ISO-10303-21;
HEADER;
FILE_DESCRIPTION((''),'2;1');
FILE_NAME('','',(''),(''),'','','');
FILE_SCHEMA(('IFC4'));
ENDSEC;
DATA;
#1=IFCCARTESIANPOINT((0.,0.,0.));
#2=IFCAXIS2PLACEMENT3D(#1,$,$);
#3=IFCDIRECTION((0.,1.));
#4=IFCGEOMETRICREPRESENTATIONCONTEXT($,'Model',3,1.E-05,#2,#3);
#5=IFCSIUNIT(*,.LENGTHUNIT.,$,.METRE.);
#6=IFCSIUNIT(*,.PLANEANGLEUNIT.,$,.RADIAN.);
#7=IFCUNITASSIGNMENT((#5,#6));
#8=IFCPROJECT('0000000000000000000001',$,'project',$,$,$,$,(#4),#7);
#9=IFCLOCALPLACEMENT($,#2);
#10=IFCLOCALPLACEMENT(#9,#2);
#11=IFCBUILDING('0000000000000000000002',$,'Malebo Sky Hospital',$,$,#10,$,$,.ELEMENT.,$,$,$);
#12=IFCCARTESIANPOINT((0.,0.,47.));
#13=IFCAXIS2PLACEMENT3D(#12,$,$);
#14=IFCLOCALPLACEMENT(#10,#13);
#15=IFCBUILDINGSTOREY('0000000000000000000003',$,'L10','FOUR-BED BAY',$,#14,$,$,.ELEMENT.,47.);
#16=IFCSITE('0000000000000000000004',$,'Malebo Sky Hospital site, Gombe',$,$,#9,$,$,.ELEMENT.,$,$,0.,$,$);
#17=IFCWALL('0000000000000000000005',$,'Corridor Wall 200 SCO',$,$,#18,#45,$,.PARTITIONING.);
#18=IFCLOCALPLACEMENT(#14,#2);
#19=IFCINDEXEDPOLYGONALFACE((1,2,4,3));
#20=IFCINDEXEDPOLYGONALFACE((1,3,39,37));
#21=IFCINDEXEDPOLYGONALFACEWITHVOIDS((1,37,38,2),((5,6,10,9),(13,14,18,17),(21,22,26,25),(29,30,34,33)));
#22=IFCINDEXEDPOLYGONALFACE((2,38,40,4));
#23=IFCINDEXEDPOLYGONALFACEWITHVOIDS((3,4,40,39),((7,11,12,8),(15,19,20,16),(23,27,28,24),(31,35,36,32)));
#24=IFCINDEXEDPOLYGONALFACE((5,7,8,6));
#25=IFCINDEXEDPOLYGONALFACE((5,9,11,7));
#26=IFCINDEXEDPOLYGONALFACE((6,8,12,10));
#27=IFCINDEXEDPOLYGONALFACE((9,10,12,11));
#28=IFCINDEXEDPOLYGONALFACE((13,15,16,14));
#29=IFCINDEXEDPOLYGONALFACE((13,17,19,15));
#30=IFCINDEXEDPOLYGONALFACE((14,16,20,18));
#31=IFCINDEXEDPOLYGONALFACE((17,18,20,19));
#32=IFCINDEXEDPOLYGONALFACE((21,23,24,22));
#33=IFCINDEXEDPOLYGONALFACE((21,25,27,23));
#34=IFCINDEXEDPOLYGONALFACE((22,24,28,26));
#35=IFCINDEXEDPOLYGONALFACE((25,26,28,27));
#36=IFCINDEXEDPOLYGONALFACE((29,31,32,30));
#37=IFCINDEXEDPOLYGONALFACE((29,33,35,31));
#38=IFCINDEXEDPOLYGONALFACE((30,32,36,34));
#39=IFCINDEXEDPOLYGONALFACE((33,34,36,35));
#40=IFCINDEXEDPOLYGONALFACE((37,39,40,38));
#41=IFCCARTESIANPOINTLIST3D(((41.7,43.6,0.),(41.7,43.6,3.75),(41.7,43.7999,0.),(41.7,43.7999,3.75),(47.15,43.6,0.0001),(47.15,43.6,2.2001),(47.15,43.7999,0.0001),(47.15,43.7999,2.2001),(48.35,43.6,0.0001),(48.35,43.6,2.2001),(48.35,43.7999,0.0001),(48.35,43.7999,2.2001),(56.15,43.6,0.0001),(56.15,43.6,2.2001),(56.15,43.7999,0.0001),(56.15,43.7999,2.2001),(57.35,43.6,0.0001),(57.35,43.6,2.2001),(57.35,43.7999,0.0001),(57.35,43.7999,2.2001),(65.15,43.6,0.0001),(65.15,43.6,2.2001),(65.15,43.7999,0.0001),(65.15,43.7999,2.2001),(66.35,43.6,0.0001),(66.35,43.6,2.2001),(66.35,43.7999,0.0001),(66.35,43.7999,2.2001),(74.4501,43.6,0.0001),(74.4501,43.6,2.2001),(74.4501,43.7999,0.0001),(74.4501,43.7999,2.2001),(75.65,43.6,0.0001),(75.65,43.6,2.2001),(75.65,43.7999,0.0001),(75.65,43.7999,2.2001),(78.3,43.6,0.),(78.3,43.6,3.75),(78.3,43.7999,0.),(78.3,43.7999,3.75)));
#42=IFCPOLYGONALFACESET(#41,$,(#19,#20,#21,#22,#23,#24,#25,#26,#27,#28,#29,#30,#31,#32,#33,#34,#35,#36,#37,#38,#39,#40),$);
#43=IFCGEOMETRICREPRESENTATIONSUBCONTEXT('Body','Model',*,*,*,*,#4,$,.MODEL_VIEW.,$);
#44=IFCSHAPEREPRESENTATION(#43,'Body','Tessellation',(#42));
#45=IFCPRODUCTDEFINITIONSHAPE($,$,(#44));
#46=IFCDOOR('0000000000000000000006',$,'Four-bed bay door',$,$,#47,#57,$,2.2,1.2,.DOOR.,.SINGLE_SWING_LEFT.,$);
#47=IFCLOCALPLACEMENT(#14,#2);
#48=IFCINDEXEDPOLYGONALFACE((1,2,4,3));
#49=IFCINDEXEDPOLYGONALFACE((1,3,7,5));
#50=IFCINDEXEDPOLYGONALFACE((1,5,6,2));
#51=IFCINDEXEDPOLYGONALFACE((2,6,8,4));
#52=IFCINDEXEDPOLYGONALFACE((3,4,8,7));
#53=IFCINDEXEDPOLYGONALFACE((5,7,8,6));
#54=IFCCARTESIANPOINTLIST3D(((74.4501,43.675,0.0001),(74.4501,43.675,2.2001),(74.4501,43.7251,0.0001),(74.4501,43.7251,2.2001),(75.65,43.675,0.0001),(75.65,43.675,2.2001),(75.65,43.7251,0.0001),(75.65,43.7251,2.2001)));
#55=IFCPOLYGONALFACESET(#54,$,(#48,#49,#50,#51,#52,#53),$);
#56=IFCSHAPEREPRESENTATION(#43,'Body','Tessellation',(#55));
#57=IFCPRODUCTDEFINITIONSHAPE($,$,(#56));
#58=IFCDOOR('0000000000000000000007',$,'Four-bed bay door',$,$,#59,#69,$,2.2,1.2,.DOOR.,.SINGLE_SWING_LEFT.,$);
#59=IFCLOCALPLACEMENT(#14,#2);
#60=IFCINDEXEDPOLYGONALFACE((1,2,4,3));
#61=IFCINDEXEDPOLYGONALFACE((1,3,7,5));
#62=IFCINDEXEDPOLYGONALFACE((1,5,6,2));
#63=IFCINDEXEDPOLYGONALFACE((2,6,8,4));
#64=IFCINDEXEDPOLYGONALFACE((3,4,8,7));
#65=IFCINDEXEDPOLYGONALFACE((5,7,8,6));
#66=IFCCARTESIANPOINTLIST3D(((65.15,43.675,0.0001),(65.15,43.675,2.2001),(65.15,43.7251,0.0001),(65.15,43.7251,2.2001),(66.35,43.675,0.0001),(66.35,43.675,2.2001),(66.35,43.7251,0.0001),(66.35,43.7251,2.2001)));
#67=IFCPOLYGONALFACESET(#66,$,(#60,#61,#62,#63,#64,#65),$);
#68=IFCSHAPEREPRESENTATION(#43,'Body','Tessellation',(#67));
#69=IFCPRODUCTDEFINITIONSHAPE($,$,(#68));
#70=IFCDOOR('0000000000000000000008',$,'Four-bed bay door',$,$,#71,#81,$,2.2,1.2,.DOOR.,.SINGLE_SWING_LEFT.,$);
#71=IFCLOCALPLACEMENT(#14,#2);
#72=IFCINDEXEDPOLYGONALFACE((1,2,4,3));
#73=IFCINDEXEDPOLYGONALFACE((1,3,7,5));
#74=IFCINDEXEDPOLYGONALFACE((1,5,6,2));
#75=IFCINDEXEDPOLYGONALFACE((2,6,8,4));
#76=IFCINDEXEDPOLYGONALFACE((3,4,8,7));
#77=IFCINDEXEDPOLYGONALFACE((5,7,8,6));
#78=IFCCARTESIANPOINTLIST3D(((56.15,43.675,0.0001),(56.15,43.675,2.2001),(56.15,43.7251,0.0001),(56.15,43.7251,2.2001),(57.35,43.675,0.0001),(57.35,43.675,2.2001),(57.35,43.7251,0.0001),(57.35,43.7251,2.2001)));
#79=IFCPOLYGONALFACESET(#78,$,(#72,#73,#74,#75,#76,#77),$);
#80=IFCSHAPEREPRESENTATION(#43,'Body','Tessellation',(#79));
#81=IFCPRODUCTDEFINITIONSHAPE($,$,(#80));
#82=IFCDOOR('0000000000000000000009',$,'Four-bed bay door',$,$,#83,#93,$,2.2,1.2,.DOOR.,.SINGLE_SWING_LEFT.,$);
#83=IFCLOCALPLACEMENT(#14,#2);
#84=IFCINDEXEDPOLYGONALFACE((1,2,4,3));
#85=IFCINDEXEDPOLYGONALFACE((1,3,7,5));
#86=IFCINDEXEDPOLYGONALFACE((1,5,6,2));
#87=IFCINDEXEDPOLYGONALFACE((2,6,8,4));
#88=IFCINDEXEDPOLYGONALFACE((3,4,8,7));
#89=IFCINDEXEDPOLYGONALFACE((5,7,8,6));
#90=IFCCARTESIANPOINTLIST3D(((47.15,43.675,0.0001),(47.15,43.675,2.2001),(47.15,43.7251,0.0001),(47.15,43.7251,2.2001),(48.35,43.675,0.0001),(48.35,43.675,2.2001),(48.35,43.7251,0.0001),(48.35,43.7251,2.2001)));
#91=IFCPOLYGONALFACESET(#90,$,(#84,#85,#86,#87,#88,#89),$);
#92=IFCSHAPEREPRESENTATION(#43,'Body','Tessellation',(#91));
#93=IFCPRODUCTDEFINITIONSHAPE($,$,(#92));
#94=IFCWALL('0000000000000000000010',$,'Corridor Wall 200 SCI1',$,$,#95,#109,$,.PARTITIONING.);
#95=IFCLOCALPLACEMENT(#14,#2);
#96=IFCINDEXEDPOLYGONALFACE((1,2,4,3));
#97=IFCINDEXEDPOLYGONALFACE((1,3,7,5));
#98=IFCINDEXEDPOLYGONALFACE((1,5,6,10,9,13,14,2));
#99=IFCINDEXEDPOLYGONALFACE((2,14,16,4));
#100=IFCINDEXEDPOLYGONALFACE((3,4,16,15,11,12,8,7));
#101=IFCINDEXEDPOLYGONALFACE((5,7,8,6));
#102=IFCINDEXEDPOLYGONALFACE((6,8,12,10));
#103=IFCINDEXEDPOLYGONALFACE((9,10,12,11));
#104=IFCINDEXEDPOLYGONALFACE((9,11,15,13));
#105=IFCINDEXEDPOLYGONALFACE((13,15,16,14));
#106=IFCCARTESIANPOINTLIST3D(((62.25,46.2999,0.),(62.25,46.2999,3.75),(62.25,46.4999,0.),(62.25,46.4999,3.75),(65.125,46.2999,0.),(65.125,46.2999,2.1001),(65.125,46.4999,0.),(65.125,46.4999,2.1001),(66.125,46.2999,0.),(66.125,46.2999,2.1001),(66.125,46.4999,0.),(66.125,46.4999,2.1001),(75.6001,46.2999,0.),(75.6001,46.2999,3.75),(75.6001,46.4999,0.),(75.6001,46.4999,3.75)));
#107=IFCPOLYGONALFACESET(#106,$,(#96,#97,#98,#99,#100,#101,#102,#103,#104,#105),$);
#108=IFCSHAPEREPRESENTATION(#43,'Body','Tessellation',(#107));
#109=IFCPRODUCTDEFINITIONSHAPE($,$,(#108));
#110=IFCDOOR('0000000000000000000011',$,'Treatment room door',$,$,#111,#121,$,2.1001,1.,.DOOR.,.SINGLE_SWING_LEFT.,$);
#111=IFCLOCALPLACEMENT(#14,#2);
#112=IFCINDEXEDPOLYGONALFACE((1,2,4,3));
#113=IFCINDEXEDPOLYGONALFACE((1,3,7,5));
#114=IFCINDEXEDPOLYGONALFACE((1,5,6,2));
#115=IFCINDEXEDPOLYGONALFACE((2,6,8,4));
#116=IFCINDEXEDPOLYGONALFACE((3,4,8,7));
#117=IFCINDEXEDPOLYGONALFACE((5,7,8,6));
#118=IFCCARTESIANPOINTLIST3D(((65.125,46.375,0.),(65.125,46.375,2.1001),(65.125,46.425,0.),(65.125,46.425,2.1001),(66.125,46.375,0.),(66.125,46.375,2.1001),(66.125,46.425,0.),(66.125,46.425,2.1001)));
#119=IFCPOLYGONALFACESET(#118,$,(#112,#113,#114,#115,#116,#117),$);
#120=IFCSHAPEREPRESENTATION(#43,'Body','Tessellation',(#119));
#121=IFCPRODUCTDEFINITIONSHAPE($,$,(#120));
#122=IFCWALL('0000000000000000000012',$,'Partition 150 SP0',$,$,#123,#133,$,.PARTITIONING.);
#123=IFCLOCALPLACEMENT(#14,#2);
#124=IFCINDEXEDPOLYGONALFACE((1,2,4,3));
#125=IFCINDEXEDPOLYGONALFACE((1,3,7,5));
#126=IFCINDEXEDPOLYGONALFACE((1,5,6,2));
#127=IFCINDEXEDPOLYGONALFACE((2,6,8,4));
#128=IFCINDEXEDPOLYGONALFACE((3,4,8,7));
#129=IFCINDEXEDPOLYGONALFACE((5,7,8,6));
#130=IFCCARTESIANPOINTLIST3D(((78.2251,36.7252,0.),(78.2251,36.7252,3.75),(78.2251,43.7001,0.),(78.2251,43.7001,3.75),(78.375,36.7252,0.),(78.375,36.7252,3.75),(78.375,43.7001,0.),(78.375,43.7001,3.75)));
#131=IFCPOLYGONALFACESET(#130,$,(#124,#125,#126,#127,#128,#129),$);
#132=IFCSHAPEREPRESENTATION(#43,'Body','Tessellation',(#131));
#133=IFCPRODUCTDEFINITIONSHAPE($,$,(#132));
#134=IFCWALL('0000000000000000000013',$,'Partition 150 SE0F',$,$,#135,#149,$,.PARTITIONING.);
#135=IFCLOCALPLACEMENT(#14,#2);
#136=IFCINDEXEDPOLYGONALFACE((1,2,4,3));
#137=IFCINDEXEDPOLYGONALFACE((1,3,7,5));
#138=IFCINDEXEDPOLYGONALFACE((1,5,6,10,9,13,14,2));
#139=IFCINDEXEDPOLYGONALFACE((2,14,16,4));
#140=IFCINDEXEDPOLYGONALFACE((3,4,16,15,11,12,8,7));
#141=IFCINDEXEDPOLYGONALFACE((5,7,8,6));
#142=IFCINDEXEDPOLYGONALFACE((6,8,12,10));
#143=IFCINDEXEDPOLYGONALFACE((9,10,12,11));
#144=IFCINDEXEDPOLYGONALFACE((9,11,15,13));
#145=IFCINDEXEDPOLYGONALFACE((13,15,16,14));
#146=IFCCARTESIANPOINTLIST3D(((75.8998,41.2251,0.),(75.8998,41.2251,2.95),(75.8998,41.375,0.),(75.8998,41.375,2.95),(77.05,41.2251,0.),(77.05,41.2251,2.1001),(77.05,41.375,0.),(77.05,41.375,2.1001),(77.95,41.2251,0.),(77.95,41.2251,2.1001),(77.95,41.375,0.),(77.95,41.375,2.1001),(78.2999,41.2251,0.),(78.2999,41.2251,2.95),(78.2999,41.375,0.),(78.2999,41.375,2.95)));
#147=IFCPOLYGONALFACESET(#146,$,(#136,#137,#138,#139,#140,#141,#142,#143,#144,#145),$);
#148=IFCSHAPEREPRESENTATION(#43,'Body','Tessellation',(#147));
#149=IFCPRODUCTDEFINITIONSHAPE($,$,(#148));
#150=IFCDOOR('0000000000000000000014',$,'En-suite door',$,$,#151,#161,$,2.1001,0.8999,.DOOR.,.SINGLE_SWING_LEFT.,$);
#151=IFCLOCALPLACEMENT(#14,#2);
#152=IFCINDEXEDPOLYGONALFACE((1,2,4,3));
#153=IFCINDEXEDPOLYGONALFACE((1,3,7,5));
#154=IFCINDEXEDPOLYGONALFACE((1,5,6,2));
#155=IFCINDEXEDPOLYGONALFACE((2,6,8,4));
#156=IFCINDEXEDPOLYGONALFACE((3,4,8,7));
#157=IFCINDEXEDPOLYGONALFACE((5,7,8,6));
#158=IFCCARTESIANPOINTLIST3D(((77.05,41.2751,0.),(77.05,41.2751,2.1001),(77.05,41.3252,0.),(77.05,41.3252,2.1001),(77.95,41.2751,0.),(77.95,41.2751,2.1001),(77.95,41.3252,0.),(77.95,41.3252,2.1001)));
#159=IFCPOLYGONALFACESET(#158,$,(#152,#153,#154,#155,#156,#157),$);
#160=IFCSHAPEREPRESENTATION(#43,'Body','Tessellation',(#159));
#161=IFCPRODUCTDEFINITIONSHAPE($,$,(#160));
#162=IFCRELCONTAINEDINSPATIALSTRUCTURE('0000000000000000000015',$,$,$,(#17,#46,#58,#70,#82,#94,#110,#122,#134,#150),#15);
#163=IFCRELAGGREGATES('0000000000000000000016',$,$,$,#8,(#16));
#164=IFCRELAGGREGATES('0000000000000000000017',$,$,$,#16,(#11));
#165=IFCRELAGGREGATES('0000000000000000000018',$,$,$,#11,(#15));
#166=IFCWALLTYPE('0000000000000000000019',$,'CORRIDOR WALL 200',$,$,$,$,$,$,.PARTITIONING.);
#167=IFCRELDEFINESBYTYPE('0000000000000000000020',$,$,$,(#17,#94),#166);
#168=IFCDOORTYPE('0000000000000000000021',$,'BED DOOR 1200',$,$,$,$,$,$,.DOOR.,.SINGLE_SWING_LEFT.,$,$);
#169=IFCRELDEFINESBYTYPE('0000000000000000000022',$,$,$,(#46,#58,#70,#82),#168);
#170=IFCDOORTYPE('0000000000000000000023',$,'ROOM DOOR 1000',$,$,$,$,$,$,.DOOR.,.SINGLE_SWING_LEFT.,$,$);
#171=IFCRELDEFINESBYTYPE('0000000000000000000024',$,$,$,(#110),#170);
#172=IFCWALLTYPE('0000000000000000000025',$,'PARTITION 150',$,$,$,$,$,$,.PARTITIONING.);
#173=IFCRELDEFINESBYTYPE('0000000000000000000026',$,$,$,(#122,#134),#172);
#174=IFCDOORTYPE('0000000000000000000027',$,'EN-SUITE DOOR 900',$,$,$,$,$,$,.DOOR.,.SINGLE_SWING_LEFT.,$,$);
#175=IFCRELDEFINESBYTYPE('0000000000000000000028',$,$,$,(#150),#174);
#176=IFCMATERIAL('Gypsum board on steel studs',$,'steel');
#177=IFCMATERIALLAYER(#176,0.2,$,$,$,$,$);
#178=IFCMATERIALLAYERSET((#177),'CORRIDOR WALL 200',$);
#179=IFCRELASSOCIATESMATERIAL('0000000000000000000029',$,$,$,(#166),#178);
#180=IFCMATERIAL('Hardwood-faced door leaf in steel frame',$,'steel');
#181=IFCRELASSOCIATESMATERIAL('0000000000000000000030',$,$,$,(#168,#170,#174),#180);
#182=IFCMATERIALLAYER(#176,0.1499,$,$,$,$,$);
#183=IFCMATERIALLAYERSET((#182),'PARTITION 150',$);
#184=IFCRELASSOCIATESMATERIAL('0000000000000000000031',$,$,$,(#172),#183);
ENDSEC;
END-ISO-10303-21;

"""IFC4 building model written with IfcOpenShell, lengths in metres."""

from ifc_helpers import new_model, si_unit, direction, frame, frame_2d, origin, place, context, subcontext, project, spatial, rectangle, extrude, material, layer, layer_set, type_object, element, fill, save


model = new_model("IFC4")

# Units and contexts
model_context = context("Model", 3, precision=1e-05, world=origin(), true_north=direction((0.0, 1.0)))
body_context = subcontext(model_context, "Body", "Model", "MODEL_VIEW")
ifc_project = project(units=[si_unit("LENGTHUNIT", "METRE"), si_unit("PLANEANGLEUNIT", "RADIAN")], contexts=[model_context])

# Site, building, storey
site_placement = place(None, origin())
site = spatial("IfcSite", under=ifc_project, at=site_placement, Name="Malebo Sky Hospital site, Gombe", CompositionType="ELEMENT", RefElevation=0.0)
building_placement = place(site_placement, origin())
building = spatial("IfcBuilding", under=site, at=building_placement, Name="Malebo Sky Hospital", CompositionType="ELEMENT")
storey_placement = place(building_placement, frame((0.0, 0.0, 47.0)))
storey = spatial("IfcBuildingStorey", under=building, at=storey_placement, Name="L10", Description="FOUR-BED BAY", CompositionType="ELEMENT", Elevation=47.0)

# Wall, openings, doors
ifc_material_1 = material(Name="Gypsum board on steel studs", Category="steel")
ifc_layer_1 = layer(ifc_material_1, 0.2)
ifc_layer_set_1 = layer_set([ifc_layer_1], Name="CORRIDOR WALL 200")
wall_type_1 = type_object("IfcWallType", Name="CORRIDOR WALL 200", PredefinedType="PARTITIONING", material=ifc_layer_set_1)
wall_1_placement = place(storey_placement, frame((78.3, 43.7, 0.0), z_axis=(0.0, 0.0, 1.0), x_axis=(-1.0, 0.0, 0.0)))
wall_1 = element("IfcWall", 1, at=wall_1_placement, inside=storey, type_object=wall_type_1, Name="Corridor Wall 200 SCO", PredefinedType="PARTITIONING", context=body_context, shape_type="SweptSolid", body=[
    extrude(rectangle(XDim=36.6001, YDim=0.2, at=frame_2d((18.3, 0.0))), origin(), (0.0, 0.0, 1.0), 3.75),
])
opening_1_placement = place(wall_1_placement, frame((2.6499, 0.0, 0.0)))
opening_1 = element("IfcOpeningElement", 2, at=opening_1_placement, cuts=wall_1, PredefinedType="OPENING", context=body_context, shape_type="SweptSolid", body=[
    extrude(rectangle(XDim=1.2, YDim=2.2, at=frame_2d((0.6001, 1.1001))), frame((0.0, 0.1099, 0.0), z_axis=(0.0, -1.0, 0.0), x_axis=(1.0, 0.0, 0.0)), (0.0, 0.0, 1.0), 0.22),
])
opening_2_placement = place(wall_1_placement, frame((11.95, 0.0, 0.0)))
opening_2 = element("IfcOpeningElement", 3, at=opening_2_placement, cuts=wall_1, PredefinedType="OPENING", context=body_context, shape_type="SweptSolid", body=[
    extrude(rectangle(XDim=1.2, YDim=2.2, at=frame_2d((0.6001, 1.1001))), frame((0.0, 0.1099, 0.0), z_axis=(0.0, -1.0, 0.0), x_axis=(1.0, 0.0, 0.0)), (0.0, 0.0, 1.0), 0.22),
])
opening_3_placement = place(wall_1_placement, frame((20.95, 0.0, 0.0)))
opening_3 = element("IfcOpeningElement", 4, at=opening_3_placement, cuts=wall_1, PredefinedType="OPENING", context=body_context, shape_type="SweptSolid", body=[
    extrude(rectangle(XDim=1.2, YDim=2.2, at=frame_2d((0.6001, 1.1001))), frame((0.0, 0.1099, 0.0), z_axis=(0.0, -1.0, 0.0), x_axis=(1.0, 0.0, 0.0)), (0.0, 0.0, 1.0), 0.22),
])
opening_4_placement = place(wall_1_placement, frame((29.95, 0.0, 0.0)))
opening_4 = element("IfcOpeningElement", 5, at=opening_4_placement, cuts=wall_1, PredefinedType="OPENING", context=body_context, shape_type="SweptSolid", body=[
    extrude(rectangle(XDim=1.2, YDim=2.2, at=frame_2d((0.6001, 1.1001))), frame((0.0, 0.1099, 0.0), z_axis=(0.0, -1.0, 0.0), x_axis=(1.0, 0.0, 0.0)), (0.0, 0.0, 1.0), 0.22),
])
ifc_material_2 = material(Name="Hardwood-faced door leaf in steel frame", Category="steel")
door_type_1 = type_object("IfcDoorType", Name="BED DOOR 1200", OperationType="SINGLE_SWING_LEFT", PredefinedType="DOOR", material=ifc_material_2)
door_1_placement = place(opening_1_placement, origin())
door_1 = element("IfcDoor", 6, at=door_1_placement, inside=storey, type_object=door_type_1, Name="Four-bed bay door", OperationType="SINGLE_SWING_LEFT", OverallHeight=2.2, OverallWidth=1.2, PredefinedType="DOOR", context=body_context, shape_type="SweptSolid", body=[
    extrude(rectangle(XDim=1.2, YDim=2.2, at=frame_2d((0.6001, 1.1001))), frame((0.0, 0.0249, 0.0), z_axis=(0.0, -1.0, 0.0), x_axis=(1.0, 0.0, 0.0)), (0.0, 0.0, 1.0), 0.05),
])
fill(opening_1, door_1)
door_2_placement = place(opening_2_placement, origin())
door_2 = element("IfcDoor", 7, at=door_2_placement, inside=storey, type_object=door_type_1, Name="Four-bed bay door", OperationType="SINGLE_SWING_LEFT", OverallHeight=2.2, OverallWidth=1.2, PredefinedType="DOOR", context=body_context, shape_type="SweptSolid", body=[
    extrude(rectangle(XDim=1.2, YDim=2.2, at=frame_2d((0.6001, 1.1001))), frame((0.0, 0.0249, 0.0), z_axis=(0.0, -1.0, 0.0), x_axis=(1.0, 0.0, 0.0)), (0.0, 0.0, 1.0), 0.05),
])
fill(opening_2, door_2)
door_3_placement = place(opening_3_placement, origin())
door_3 = element("IfcDoor", 8, at=door_3_placement, inside=storey, type_object=door_type_1, Name="Four-bed bay door", OperationType="SINGLE_SWING_LEFT", OverallHeight=2.2, OverallWidth=1.2, PredefinedType="DOOR", context=body_context, shape_type="SweptSolid", body=[
    extrude(rectangle(XDim=1.2, YDim=2.2, at=frame_2d((0.6001, 1.1001))), frame((0.0, 0.0249, 0.0), z_axis=(0.0, -1.0, 0.0), x_axis=(1.0, 0.0, 0.0)), (0.0, 0.0, 1.0), 0.05),
])
fill(opening_3, door_3)
door_4_placement = place(opening_4_placement, origin())
door_4 = element("IfcDoor", 9, at=door_4_placement, inside=storey, type_object=door_type_1, Name="Four-bed bay door", OperationType="SINGLE_SWING_LEFT", OverallHeight=2.2, OverallWidth=1.2, PredefinedType="DOOR", context=body_context, shape_type="SweptSolid", body=[
    extrude(rectangle(XDim=1.2, YDim=2.2, at=frame_2d((0.6001, 1.1001))), frame((0.0, 0.0249, 0.0), z_axis=(0.0, -1.0, 0.0), x_axis=(1.0, 0.0, 0.0)), (0.0, 0.0, 1.0), 0.05),
])
fill(opening_4, door_4)

# Wall, opening, door
wall_2_placement = place(storey_placement, frame((75.6001, 46.3999, 0.0), z_axis=(0.0, 0.0, 1.0), x_axis=(-1.0, 0.0, 0.0)))
wall_2 = element("IfcWall", 10, at=wall_2_placement, inside=storey, type_object=wall_type_1, Name="Corridor Wall 200 SCI1", PredefinedType="PARTITIONING", context=body_context, shape_type="SweptSolid", body=[
    extrude(rectangle(XDim=13.3501, YDim=0.2, at=frame_2d((6.675, 0.0))), origin(), (0.0, 0.0, 1.0), 3.75),
])
opening_5_placement = place(wall_2_placement, frame((9.4751, 0.0, 0.0)))
opening_5 = element("IfcOpeningElement", 11, at=opening_5_placement, cuts=wall_2, PredefinedType="OPENING", context=body_context, shape_type="SweptSolid", body=[
    extrude(rectangle(XDim=1.0, YDim=2.1001, at=frame_2d((0.5, 1.05))), frame((0.0, 0.1099, 0.0), z_axis=(0.0, -1.0, 0.0), x_axis=(1.0, 0.0, 0.0)), (0.0, 0.0, 1.0), 0.22),
])
door_type_2 = type_object("IfcDoorType", Name="ROOM DOOR 1000", OperationType="SINGLE_SWING_LEFT", PredefinedType="DOOR", material=ifc_material_2)
door_5_placement = place(opening_5_placement, origin())
door_5 = element("IfcDoor", 12, at=door_5_placement, inside=storey, type_object=door_type_2, Name="Treatment room door", OperationType="SINGLE_SWING_LEFT", OverallHeight=2.1001, OverallWidth=1.0, PredefinedType="DOOR", context=body_context, shape_type="SweptSolid", body=[
    extrude(rectangle(XDim=1.0, YDim=2.1001, at=frame_2d((0.5, 1.05))), frame((0.0, 0.0249, 0.0), z_axis=(0.0, -1.0, 0.0), x_axis=(1.0, 0.0, 0.0)), (0.0, 0.0, 1.0), 0.05),
])
fill(opening_5, door_5)

# Wall
ifc_layer_2 = layer(ifc_material_1, 0.1499)
ifc_layer_set_2 = layer_set([ifc_layer_2], Name="PARTITION 150")
wall_type_2 = type_object("IfcWallType", Name="PARTITION 150", PredefinedType="PARTITIONING", material=ifc_layer_set_2)
wall_3_placement = place(storey_placement, frame((78.3, 43.7, 0.0), z_axis=(0.0, 0.0, 1.0), x_axis=(0.0, -1.0, 0.0)))
element("IfcWall", 13, at=wall_3_placement, inside=storey, type_object=wall_type_2, Name="Partition 150 SP0", PredefinedType="PARTITIONING", context=body_context, shape_type="SweptSolid", body=[
    extrude(rectangle(XDim=6.9749, YDim=0.1499, at=frame_2d((3.4873, 0.0))), origin(), (0.0, 0.0, 1.0), 3.75),
])

# Wall, opening, door
wall_4_placement = place(storey_placement, frame((78.3, 41.3, 0.0), z_axis=(0.0, 0.0, 1.0), x_axis=(-1.0, 0.0, 0.0)))
wall_4 = element("IfcWall", 14, at=wall_4_placement, inside=storey, type_object=wall_type_2, Name="Partition 150 SE0F", PredefinedType="PARTITIONING", context=body_context, shape_type="SweptSolid", body=[
    extrude(rectangle(XDim=2.4001, YDim=0.1499, at=frame_2d((1.2002, 0.0))), origin(), (0.0, 0.0, 1.0), 2.95),
])
opening_6_placement = place(wall_4_placement, frame((0.3501, 0.0, 0.0)))
opening_6 = element("IfcOpeningElement", 15, at=opening_6_placement, cuts=wall_4, PredefinedType="OPENING", context=body_context, shape_type="SweptSolid", body=[
    extrude(rectangle(XDim=0.8999, YDim=2.1001, at=frame_2d((0.45, 1.05))), frame((0.0, 0.085, 0.0), z_axis=(0.0, -1.0, 0.0), x_axis=(1.0, 0.0, 0.0)), (0.0, 0.0, 1.0), 0.1699),
])
door_type_3 = type_object("IfcDoorType", Name="EN-SUITE DOOR 900", OperationType="SINGLE_SWING_LEFT", PredefinedType="DOOR", material=ifc_material_2)
door_6_placement = place(opening_6_placement, origin())
door_6 = element("IfcDoor", 16, at=door_6_placement, inside=storey, type_object=door_type_3, Name="En-suite door", OperationType="SINGLE_SWING_LEFT", OverallHeight=2.1001, OverallWidth=0.8999, PredefinedType="DOOR", context=body_context, shape_type="SweptSolid", body=[
    extrude(rectangle(XDim=0.8999, YDim=2.1001, at=frame_2d((0.45, 1.05))), frame((0.0, 0.0249, 0.0), z_axis=(0.0, -1.0, 0.0), x_axis=(1.0, 0.0, 0.0)), (0.0, 0.0, 1.0), 0.05),
])
fill(opening_6, door_6)

save(model, "model.ifc")
